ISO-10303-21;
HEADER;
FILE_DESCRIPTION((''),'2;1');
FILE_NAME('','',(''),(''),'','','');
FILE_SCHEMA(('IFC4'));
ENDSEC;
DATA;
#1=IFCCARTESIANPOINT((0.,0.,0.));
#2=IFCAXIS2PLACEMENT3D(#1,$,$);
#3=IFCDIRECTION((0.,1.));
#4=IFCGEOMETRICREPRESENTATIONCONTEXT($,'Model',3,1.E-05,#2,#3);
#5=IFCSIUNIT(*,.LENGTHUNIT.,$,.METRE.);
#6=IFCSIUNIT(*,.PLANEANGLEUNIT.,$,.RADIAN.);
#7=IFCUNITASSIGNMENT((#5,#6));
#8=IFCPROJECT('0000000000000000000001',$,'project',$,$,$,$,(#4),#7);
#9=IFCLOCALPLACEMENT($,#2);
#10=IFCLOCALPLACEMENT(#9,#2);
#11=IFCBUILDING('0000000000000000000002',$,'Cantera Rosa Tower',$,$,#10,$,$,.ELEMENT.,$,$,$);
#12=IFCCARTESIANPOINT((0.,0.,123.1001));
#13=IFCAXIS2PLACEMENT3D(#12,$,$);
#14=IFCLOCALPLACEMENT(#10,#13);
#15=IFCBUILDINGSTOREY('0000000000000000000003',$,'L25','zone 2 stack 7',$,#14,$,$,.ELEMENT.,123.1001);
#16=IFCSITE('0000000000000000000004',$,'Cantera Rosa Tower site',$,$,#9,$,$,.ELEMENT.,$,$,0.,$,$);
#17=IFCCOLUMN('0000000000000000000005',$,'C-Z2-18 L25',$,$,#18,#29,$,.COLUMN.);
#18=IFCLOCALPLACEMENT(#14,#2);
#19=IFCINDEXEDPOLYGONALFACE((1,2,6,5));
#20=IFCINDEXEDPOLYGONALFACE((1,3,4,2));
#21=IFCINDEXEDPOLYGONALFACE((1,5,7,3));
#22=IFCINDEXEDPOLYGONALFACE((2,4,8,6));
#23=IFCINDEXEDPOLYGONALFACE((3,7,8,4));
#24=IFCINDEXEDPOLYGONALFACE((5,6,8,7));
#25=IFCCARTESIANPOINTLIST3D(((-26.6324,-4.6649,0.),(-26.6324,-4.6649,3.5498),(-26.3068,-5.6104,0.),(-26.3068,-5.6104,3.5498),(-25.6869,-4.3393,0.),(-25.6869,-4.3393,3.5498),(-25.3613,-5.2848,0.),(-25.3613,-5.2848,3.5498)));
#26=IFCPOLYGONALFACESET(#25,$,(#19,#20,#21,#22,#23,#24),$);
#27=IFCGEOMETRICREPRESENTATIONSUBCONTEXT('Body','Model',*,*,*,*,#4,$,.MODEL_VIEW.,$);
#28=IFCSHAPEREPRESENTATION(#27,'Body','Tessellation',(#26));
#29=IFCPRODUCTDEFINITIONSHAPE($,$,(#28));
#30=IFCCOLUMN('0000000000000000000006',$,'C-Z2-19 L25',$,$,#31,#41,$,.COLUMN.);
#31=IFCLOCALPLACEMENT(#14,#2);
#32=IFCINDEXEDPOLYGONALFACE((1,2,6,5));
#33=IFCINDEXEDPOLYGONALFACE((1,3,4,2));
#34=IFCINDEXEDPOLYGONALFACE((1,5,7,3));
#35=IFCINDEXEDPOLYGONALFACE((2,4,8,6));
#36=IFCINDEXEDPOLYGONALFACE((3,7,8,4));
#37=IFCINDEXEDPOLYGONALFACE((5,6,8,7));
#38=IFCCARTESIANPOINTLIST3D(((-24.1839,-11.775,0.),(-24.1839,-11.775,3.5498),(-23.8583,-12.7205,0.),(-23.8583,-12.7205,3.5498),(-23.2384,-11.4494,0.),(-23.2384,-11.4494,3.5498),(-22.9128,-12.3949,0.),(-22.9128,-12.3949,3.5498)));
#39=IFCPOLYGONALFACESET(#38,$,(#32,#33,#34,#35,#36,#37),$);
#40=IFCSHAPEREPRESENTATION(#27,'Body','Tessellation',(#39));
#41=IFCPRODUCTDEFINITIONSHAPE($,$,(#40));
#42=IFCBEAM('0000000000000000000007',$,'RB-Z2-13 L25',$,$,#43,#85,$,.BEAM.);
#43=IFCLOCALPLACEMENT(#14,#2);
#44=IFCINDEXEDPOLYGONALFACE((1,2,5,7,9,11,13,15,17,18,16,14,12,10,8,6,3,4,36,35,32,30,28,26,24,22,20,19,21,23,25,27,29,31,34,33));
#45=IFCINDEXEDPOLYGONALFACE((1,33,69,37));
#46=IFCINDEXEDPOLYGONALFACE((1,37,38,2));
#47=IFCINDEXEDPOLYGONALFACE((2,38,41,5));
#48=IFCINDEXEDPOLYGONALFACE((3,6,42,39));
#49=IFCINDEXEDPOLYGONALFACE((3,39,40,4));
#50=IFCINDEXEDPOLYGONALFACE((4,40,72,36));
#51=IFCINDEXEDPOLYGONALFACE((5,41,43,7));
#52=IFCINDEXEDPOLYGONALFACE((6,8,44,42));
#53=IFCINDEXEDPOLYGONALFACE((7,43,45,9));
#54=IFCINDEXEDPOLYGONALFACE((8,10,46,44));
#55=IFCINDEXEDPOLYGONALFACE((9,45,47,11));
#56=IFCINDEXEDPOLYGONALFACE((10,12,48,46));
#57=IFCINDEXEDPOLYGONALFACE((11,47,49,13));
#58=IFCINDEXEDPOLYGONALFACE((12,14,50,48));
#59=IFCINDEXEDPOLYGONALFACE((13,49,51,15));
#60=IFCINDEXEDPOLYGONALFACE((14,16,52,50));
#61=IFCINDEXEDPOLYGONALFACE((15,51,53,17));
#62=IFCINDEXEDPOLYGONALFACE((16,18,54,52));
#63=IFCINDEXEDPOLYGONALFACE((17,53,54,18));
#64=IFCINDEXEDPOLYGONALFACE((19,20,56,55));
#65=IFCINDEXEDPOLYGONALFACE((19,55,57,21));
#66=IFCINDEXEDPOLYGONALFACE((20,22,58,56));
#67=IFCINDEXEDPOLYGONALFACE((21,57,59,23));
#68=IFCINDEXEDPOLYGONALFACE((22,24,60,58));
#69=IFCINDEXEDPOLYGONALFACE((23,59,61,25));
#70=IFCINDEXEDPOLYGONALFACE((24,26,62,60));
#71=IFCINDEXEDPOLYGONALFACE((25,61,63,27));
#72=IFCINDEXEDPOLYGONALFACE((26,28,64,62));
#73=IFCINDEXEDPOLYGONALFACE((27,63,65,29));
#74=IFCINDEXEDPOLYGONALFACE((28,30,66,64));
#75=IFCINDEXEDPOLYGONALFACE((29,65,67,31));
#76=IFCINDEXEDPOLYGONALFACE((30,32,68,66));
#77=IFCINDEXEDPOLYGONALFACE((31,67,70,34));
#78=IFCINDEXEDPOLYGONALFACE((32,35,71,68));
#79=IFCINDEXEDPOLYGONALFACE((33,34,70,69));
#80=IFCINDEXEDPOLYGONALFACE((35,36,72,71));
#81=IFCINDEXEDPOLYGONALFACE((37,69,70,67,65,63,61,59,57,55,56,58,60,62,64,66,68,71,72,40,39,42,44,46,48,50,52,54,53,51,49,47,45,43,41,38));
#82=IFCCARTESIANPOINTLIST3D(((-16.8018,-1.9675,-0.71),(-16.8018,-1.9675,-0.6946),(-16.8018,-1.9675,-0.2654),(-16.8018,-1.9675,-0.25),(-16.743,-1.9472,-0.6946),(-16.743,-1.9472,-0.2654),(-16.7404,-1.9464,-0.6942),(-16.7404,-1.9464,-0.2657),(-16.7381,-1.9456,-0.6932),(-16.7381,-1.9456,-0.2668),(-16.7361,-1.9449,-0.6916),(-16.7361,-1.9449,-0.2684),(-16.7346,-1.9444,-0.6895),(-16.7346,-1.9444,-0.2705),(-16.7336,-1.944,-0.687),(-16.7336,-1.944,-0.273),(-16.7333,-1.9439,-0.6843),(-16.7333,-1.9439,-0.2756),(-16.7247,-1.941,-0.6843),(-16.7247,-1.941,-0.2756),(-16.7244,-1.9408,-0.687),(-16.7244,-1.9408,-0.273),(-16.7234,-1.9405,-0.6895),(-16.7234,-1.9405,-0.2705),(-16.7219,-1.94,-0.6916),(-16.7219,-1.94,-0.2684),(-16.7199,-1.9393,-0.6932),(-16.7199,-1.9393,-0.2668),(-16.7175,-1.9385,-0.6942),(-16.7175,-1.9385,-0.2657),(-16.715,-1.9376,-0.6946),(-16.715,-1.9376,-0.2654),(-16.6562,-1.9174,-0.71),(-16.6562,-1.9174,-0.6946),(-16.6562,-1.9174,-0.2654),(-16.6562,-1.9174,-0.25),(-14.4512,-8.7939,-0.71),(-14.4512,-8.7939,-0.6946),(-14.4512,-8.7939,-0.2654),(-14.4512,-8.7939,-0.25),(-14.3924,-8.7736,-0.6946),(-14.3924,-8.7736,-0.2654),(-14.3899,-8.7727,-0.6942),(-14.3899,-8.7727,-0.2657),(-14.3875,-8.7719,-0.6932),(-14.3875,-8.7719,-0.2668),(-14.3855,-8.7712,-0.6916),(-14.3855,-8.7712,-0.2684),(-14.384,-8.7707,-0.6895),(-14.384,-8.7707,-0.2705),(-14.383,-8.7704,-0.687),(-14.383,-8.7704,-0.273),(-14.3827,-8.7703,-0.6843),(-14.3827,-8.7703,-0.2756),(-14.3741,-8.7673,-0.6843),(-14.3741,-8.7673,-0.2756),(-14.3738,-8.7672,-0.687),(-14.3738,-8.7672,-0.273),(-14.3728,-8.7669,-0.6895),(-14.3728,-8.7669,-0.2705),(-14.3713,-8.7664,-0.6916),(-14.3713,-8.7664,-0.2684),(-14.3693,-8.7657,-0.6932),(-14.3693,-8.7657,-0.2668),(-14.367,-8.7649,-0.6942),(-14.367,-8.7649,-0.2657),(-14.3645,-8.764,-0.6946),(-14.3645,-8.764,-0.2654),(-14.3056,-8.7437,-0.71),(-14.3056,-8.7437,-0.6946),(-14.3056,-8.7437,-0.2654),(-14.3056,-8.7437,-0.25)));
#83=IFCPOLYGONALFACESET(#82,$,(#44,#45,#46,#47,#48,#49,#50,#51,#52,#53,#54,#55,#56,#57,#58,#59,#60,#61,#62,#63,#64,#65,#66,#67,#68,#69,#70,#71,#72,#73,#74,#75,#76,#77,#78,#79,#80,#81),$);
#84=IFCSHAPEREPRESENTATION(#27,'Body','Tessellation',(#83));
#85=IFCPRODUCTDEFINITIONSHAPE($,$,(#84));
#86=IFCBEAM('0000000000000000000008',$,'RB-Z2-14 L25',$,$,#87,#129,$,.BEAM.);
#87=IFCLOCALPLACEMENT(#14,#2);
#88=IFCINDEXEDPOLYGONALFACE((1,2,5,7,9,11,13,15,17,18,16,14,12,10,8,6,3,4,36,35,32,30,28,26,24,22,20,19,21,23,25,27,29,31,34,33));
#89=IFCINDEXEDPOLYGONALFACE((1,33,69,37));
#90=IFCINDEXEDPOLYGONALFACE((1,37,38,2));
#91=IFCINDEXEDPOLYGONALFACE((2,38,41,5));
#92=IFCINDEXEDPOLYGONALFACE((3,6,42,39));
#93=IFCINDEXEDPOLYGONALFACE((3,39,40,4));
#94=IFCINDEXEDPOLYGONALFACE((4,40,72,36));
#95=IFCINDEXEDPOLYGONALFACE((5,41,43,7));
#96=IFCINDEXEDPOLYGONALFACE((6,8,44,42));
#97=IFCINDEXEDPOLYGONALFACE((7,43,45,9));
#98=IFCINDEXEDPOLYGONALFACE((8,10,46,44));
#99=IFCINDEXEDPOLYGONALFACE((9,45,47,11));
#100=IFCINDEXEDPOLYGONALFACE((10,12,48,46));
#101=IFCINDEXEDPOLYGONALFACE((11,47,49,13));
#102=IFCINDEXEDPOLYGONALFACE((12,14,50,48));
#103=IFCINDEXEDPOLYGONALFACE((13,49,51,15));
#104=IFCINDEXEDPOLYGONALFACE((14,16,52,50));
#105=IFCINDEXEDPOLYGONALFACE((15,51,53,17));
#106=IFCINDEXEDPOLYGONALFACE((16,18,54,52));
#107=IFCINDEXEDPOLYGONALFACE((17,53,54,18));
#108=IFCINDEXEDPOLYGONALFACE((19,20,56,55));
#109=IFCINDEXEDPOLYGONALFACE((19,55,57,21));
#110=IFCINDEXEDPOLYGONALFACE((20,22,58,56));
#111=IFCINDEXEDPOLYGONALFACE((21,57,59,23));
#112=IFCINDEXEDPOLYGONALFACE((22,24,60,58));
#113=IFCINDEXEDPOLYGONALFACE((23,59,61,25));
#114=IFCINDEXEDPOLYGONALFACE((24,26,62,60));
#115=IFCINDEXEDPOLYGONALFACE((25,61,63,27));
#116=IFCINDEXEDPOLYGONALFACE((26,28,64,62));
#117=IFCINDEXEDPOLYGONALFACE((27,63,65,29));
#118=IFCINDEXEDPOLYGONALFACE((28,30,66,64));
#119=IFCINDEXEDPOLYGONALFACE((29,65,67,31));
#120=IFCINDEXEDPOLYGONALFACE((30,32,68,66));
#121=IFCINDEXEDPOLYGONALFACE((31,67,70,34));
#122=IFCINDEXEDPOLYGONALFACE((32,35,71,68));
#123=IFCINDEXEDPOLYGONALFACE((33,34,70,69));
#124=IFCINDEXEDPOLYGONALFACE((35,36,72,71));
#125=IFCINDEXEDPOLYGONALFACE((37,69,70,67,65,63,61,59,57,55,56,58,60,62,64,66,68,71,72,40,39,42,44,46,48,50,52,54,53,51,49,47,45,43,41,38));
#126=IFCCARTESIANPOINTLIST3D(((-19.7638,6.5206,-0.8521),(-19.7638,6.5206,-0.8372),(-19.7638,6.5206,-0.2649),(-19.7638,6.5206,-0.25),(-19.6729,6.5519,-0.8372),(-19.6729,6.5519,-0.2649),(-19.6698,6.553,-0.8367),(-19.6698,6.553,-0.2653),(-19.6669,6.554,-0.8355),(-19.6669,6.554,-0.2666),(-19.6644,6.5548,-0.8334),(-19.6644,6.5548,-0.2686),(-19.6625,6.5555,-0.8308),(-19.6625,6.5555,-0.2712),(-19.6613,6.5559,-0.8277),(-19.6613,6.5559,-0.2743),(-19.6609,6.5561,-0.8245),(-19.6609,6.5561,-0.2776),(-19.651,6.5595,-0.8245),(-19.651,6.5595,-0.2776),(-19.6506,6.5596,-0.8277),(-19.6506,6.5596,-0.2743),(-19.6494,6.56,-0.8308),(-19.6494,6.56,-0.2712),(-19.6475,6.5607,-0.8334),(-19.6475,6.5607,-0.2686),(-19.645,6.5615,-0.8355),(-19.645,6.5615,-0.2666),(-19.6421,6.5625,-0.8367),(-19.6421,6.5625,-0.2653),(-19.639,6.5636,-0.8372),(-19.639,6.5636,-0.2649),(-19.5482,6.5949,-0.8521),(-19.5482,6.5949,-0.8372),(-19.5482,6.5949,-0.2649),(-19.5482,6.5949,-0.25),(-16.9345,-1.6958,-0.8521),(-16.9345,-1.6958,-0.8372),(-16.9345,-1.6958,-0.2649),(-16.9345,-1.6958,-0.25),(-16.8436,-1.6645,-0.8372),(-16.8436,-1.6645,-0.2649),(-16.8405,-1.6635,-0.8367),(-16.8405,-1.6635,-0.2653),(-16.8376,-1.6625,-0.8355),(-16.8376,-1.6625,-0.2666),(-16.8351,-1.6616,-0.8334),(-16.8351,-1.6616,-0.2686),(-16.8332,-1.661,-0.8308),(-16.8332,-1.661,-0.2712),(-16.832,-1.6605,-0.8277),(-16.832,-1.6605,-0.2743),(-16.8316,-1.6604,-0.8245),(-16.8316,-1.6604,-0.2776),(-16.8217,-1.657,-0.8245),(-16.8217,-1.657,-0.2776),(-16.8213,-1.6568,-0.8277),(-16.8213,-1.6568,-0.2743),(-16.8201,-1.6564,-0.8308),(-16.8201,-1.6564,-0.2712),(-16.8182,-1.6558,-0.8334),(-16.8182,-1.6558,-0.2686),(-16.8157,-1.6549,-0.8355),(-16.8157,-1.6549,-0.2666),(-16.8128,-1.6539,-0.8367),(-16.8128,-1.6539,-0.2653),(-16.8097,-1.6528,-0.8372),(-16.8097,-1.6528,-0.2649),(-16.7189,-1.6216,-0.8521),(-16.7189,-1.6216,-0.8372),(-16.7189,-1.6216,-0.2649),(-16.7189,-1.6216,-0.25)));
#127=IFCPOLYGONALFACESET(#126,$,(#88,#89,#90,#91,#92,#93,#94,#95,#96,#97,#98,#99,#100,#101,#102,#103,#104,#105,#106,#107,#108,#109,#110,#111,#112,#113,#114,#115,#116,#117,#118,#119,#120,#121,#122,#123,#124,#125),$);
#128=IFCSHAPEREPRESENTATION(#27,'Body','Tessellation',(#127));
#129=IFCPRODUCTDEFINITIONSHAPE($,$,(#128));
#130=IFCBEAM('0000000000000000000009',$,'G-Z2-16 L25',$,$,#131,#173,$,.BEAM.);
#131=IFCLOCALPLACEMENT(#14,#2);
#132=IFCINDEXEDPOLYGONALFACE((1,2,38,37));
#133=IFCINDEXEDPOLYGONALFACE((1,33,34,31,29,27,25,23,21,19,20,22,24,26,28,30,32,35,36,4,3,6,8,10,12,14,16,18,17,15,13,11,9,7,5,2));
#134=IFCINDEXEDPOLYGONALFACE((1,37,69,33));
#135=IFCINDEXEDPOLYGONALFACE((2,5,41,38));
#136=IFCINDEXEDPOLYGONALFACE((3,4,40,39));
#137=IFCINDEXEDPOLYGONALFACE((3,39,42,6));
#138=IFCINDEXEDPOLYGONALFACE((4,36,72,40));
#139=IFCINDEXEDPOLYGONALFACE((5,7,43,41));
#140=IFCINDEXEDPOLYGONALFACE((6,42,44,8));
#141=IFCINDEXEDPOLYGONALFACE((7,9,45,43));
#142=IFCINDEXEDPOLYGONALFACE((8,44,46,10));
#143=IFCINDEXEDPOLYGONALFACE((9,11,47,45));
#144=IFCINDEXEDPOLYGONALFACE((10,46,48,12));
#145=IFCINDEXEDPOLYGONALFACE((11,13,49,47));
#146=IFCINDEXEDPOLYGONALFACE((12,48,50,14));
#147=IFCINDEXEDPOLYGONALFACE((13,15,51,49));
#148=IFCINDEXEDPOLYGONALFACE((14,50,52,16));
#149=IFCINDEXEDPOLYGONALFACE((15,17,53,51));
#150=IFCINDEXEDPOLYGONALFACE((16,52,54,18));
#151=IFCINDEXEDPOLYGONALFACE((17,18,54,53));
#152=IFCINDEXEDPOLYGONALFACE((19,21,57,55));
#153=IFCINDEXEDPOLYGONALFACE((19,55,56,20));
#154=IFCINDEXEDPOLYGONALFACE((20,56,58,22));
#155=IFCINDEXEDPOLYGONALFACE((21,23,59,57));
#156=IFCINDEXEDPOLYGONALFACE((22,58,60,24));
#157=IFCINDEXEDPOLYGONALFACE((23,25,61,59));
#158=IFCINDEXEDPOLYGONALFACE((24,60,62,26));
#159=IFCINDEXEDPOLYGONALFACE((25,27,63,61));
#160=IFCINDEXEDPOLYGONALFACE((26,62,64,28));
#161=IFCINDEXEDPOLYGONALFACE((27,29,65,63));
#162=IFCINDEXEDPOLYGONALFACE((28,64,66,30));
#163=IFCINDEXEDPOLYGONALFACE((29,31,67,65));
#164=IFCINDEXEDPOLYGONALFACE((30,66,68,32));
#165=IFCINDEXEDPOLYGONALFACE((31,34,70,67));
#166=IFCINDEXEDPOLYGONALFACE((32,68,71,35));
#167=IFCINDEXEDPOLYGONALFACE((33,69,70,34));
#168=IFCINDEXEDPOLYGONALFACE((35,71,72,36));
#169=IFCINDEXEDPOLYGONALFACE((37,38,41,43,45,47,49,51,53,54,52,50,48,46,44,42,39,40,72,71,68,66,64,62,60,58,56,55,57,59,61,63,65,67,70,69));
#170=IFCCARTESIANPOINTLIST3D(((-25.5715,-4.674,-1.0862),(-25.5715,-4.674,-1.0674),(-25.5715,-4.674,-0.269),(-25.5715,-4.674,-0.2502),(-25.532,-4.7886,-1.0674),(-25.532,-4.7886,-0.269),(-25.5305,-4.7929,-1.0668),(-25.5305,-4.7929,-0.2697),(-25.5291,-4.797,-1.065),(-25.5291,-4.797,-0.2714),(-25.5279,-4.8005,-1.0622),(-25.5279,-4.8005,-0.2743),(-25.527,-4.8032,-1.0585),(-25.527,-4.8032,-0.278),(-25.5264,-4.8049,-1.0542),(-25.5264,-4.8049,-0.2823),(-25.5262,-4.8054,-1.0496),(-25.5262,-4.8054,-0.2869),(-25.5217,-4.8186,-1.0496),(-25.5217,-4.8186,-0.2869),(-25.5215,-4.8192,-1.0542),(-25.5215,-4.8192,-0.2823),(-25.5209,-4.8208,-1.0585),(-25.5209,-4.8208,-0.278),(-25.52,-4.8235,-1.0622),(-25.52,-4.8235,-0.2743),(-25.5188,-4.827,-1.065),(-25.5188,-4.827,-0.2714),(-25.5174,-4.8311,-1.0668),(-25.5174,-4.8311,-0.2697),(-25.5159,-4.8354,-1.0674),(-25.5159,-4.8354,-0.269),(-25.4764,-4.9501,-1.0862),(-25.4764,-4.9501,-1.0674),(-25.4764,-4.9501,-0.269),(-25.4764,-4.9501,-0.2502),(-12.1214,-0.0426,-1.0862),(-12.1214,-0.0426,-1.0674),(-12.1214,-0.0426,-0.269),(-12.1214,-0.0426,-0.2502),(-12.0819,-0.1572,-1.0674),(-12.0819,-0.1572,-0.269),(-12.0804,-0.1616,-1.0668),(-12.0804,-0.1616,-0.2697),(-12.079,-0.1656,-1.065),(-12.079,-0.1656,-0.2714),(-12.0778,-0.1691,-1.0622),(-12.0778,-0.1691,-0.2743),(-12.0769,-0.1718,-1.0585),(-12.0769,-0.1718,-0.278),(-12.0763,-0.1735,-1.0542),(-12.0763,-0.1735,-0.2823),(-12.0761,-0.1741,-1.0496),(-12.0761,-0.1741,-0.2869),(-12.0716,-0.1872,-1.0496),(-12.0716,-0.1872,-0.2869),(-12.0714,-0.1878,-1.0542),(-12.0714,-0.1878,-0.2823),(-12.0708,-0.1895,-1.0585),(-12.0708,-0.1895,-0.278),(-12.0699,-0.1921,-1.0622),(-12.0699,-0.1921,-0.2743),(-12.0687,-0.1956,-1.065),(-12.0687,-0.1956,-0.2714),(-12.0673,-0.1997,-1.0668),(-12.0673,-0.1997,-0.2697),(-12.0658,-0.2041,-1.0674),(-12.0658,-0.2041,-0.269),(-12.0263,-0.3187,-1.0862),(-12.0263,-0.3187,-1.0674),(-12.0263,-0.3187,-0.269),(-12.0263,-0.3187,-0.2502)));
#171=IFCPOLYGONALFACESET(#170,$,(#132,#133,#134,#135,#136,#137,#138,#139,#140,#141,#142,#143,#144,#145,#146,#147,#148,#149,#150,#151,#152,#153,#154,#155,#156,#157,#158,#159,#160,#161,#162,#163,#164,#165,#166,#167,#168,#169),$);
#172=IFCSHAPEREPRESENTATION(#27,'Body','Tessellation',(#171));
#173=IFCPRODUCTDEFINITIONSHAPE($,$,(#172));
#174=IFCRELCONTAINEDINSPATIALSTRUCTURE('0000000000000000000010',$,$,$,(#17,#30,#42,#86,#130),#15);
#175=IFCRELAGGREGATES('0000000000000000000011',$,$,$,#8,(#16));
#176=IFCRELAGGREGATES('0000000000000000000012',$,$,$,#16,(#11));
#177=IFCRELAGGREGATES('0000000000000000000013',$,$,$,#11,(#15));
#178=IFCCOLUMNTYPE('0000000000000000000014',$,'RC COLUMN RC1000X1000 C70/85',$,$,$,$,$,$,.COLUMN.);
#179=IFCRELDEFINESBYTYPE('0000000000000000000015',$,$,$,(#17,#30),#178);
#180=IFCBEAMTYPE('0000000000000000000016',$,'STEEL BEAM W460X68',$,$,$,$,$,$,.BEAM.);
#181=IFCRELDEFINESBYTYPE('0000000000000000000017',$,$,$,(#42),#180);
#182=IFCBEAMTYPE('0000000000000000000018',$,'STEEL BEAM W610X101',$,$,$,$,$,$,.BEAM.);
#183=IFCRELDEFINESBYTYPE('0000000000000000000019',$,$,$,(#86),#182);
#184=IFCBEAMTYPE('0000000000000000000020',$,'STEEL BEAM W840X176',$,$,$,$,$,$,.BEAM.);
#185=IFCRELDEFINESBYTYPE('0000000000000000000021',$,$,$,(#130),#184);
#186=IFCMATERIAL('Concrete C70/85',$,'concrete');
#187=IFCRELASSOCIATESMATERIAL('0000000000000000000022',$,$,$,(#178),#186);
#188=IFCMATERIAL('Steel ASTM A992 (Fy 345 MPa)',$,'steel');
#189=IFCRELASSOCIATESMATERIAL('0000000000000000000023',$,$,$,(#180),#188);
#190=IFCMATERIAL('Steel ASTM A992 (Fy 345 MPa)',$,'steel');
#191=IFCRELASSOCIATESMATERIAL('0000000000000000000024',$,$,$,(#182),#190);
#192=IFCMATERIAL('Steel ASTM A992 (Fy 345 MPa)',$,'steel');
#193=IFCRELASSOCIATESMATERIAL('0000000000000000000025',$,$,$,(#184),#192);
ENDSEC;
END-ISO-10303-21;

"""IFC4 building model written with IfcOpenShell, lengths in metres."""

from ifc_helpers import new_model, si_unit, direction, frame, origin, origin_2d, place, context, subcontext, project, spatial, rectangle, i_section, extrude, material, material_profile, profile_set, type_object, element, save


model = new_model("IFC4")

# Units and contexts
model_context = context("Model", 3, precision=1e-05, world=origin(), true_north=direction((0.0, 1.0)))
body_context = subcontext(model_context, "Body", "Model", "MODEL_VIEW")
ifc_project = project(units=[si_unit("LENGTHUNIT", "METRE"), si_unit("PLANEANGLEUNIT", "RADIAN")], contexts=[model_context])

# Site, building, storey
site_placement = place(None, origin())
site = spatial("IfcSite", under=ifc_project, at=site_placement, Name="Cantera Rosa Tower site", CompositionType="ELEMENT", RefElevation=0.0)
building_placement = place(site_placement, origin())
building = spatial("IfcBuilding", under=site, at=building_placement, Name="Cantera Rosa Tower", CompositionType="ELEMENT")
storey_placement = place(building_placement, frame((0.0, 0.0, 123.1001)))
storey = spatial("IfcBuildingStorey", under=building, at=storey_placement, Name="L25", Description="zone 2 stack 7", CompositionType="ELEMENT", Elevation=123.1001)

# Columns
ifc_material_1 = material(Name="Concrete C70/85", Category="concrete")
ifc_material_profile_1 = material_profile(ifc_material_1, rectangle(XDim=1.0, YDim=1.0, at=origin_2d()), Name="RC COLUMN RC1000X1000 C70/85")
ifc_profile_set_1 = profile_set([ifc_material_profile_1], Name="Concrete C70/85")
column_type = type_object("IfcColumnType", Name="RC COLUMN RC1000X1000 C70/85", PredefinedType="COLUMN", material=ifc_profile_set_1)
for number, where, z_axis, x_axis, name in (
    (1, (-25.9968, -4.9749, 0.0), (0.0, 0.0, 1.0), (0.945519, 0.325568, 0.0), "C-Z2-18 L25"),
    (2, (-23.5483, -12.085, 0.0), (0.0, 0.0, 1.0), (0.945519, 0.325568, 0.0), "C-Z2-19 L25"),
):
    element("IfcColumn", number, at=place(storey_placement, frame(where, z_axis=z_axis, x_axis=x_axis)), inside=storey, type_object=column_type, Name=name, PredefinedType="COLUMN", context=body_context, shape_type="SweptSolid", body=[
        extrude(rectangle(XDim=1.0, YDim=1.0, at=origin_2d()), origin(), (0.0, 0.0, 1.0), 3.5498),
    ])

# Beams
ifc_material_2 = material(Name="Steel ASTM A992 (Fy 345 MPa)", Category="steel")
ifc_material_profile_2 = material_profile(ifc_material_2, i_section(OverallWidth=0.1541, OverallDepth=0.46, WebThickness=0.009, FlangeThickness=0.0154, FilletRadius=0.0103, at=origin_2d()), Name="W460X68")
ifc_profile_set_2 = profile_set([ifc_material_profile_2], Name="Steel ASTM A992 (Fy 345 MPa)")
beam_type_1 = type_object("IfcBeamType", Name="STEEL BEAM W460X68", PredefinedType="BEAM", material=ifc_profile_set_2)
beam_1_placement = place(storey_placement, frame((-14.3784, -8.7688, -0.48), z_axis=(-0.325576, 0.945516, 0.0), x_axis=(-0.945516, -0.325576, 0.0)))
element("IfcBeam", 3, at=beam_1_placement, inside=storey, type_object=beam_type_1, Name="RB-Z2-13 L25", PredefinedType="BEAM", context=body_context, shape_type="SweptSolid", body=[
    extrude(i_section(OverallWidth=0.1541, OverallDepth=0.46, WebThickness=0.009, FlangeThickness=0.0154, FilletRadius=0.0103, at=origin_2d()), origin(), (0.0, 0.0, 1.0), 7.2197),
])
ifc_material_3 = material(Name="Steel ASTM A992 (Fy 345 MPa)", Category="steel")
ifc_material_profile_3 = material_profile(ifc_material_3, i_section(OverallWidth=0.228, OverallDepth=0.6021, WebThickness=0.0105, FlangeThickness=0.0149, FilletRadius=0.0127, at=origin_2d()), Name="W610X101")
ifc_profile_set_3 = profile_set([ifc_material_profile_3], Name="Steel ASTM A992 (Fy 345 MPa)")
beam_type_2 = type_object("IfcBeamType", Name="STEEL BEAM W610X101", PredefinedType="BEAM", material=ifc_profile_set_3)
beam_2_placement = place(storey_placement, frame((-16.8267, -1.6587, -0.551), z_axis=(-0.325585, 0.945513, 0.0), x_axis=(-0.945513, -0.325585, 0.0)))
element("IfcBeam", 4, at=beam_2_placement, inside=storey, type_object=beam_type_2, Name="RB-Z2-14 L25", PredefinedType="BEAM", context=body_context, shape_type="SweptSolid", body=[
    extrude(i_section(OverallWidth=0.228, OverallDepth=0.6021, WebThickness=0.0105, FlangeThickness=0.0149, FilletRadius=0.0127, at=origin_2d()), origin(), (0.0, 0.0, 1.0), 8.6899),
])
ifc_material_4 = material(Name="Steel ASTM A992 (Fy 345 MPa)", Category="steel")
ifc_material_profile_4 = material_profile(ifc_material_4, i_section(OverallWidth=0.292, OverallDepth=0.8359, WebThickness=0.0139, FlangeThickness=0.0188, FilletRadius=0.0178, at=origin_2d()), Name="W840X176")
ifc_profile_set_4 = profile_set([ifc_material_profile_4], Name="Steel ASTM A992 (Fy 345 MPa)")
beam_type_3 = type_object("IfcBeamType", Name="STEEL BEAM W840X176", PredefinedType="BEAM", material=ifc_profile_set_4)
beam_3_placement = place(storey_placement, frame((-25.5239, -4.812, -0.6682), z_axis=(0.945515, 0.325578, 0.0), x_axis=(-0.325578, 0.945515, 0.0)))
element("IfcBeam", 5, at=beam_3_placement, inside=storey, type_object=beam_type_3, Name="G-Z2-16 L25", PredefinedType="BEAM", context=body_context, shape_type="SweptSolid", body=[
    extrude(i_section(OverallWidth=0.292, OverallDepth=0.8359, WebThickness=0.0139, FlangeThickness=0.0188, FilletRadius=0.0178, at=origin_2d()), origin(), (0.0, 0.0, 1.0), 14.2251),
])

save(model, "model.ifc")
